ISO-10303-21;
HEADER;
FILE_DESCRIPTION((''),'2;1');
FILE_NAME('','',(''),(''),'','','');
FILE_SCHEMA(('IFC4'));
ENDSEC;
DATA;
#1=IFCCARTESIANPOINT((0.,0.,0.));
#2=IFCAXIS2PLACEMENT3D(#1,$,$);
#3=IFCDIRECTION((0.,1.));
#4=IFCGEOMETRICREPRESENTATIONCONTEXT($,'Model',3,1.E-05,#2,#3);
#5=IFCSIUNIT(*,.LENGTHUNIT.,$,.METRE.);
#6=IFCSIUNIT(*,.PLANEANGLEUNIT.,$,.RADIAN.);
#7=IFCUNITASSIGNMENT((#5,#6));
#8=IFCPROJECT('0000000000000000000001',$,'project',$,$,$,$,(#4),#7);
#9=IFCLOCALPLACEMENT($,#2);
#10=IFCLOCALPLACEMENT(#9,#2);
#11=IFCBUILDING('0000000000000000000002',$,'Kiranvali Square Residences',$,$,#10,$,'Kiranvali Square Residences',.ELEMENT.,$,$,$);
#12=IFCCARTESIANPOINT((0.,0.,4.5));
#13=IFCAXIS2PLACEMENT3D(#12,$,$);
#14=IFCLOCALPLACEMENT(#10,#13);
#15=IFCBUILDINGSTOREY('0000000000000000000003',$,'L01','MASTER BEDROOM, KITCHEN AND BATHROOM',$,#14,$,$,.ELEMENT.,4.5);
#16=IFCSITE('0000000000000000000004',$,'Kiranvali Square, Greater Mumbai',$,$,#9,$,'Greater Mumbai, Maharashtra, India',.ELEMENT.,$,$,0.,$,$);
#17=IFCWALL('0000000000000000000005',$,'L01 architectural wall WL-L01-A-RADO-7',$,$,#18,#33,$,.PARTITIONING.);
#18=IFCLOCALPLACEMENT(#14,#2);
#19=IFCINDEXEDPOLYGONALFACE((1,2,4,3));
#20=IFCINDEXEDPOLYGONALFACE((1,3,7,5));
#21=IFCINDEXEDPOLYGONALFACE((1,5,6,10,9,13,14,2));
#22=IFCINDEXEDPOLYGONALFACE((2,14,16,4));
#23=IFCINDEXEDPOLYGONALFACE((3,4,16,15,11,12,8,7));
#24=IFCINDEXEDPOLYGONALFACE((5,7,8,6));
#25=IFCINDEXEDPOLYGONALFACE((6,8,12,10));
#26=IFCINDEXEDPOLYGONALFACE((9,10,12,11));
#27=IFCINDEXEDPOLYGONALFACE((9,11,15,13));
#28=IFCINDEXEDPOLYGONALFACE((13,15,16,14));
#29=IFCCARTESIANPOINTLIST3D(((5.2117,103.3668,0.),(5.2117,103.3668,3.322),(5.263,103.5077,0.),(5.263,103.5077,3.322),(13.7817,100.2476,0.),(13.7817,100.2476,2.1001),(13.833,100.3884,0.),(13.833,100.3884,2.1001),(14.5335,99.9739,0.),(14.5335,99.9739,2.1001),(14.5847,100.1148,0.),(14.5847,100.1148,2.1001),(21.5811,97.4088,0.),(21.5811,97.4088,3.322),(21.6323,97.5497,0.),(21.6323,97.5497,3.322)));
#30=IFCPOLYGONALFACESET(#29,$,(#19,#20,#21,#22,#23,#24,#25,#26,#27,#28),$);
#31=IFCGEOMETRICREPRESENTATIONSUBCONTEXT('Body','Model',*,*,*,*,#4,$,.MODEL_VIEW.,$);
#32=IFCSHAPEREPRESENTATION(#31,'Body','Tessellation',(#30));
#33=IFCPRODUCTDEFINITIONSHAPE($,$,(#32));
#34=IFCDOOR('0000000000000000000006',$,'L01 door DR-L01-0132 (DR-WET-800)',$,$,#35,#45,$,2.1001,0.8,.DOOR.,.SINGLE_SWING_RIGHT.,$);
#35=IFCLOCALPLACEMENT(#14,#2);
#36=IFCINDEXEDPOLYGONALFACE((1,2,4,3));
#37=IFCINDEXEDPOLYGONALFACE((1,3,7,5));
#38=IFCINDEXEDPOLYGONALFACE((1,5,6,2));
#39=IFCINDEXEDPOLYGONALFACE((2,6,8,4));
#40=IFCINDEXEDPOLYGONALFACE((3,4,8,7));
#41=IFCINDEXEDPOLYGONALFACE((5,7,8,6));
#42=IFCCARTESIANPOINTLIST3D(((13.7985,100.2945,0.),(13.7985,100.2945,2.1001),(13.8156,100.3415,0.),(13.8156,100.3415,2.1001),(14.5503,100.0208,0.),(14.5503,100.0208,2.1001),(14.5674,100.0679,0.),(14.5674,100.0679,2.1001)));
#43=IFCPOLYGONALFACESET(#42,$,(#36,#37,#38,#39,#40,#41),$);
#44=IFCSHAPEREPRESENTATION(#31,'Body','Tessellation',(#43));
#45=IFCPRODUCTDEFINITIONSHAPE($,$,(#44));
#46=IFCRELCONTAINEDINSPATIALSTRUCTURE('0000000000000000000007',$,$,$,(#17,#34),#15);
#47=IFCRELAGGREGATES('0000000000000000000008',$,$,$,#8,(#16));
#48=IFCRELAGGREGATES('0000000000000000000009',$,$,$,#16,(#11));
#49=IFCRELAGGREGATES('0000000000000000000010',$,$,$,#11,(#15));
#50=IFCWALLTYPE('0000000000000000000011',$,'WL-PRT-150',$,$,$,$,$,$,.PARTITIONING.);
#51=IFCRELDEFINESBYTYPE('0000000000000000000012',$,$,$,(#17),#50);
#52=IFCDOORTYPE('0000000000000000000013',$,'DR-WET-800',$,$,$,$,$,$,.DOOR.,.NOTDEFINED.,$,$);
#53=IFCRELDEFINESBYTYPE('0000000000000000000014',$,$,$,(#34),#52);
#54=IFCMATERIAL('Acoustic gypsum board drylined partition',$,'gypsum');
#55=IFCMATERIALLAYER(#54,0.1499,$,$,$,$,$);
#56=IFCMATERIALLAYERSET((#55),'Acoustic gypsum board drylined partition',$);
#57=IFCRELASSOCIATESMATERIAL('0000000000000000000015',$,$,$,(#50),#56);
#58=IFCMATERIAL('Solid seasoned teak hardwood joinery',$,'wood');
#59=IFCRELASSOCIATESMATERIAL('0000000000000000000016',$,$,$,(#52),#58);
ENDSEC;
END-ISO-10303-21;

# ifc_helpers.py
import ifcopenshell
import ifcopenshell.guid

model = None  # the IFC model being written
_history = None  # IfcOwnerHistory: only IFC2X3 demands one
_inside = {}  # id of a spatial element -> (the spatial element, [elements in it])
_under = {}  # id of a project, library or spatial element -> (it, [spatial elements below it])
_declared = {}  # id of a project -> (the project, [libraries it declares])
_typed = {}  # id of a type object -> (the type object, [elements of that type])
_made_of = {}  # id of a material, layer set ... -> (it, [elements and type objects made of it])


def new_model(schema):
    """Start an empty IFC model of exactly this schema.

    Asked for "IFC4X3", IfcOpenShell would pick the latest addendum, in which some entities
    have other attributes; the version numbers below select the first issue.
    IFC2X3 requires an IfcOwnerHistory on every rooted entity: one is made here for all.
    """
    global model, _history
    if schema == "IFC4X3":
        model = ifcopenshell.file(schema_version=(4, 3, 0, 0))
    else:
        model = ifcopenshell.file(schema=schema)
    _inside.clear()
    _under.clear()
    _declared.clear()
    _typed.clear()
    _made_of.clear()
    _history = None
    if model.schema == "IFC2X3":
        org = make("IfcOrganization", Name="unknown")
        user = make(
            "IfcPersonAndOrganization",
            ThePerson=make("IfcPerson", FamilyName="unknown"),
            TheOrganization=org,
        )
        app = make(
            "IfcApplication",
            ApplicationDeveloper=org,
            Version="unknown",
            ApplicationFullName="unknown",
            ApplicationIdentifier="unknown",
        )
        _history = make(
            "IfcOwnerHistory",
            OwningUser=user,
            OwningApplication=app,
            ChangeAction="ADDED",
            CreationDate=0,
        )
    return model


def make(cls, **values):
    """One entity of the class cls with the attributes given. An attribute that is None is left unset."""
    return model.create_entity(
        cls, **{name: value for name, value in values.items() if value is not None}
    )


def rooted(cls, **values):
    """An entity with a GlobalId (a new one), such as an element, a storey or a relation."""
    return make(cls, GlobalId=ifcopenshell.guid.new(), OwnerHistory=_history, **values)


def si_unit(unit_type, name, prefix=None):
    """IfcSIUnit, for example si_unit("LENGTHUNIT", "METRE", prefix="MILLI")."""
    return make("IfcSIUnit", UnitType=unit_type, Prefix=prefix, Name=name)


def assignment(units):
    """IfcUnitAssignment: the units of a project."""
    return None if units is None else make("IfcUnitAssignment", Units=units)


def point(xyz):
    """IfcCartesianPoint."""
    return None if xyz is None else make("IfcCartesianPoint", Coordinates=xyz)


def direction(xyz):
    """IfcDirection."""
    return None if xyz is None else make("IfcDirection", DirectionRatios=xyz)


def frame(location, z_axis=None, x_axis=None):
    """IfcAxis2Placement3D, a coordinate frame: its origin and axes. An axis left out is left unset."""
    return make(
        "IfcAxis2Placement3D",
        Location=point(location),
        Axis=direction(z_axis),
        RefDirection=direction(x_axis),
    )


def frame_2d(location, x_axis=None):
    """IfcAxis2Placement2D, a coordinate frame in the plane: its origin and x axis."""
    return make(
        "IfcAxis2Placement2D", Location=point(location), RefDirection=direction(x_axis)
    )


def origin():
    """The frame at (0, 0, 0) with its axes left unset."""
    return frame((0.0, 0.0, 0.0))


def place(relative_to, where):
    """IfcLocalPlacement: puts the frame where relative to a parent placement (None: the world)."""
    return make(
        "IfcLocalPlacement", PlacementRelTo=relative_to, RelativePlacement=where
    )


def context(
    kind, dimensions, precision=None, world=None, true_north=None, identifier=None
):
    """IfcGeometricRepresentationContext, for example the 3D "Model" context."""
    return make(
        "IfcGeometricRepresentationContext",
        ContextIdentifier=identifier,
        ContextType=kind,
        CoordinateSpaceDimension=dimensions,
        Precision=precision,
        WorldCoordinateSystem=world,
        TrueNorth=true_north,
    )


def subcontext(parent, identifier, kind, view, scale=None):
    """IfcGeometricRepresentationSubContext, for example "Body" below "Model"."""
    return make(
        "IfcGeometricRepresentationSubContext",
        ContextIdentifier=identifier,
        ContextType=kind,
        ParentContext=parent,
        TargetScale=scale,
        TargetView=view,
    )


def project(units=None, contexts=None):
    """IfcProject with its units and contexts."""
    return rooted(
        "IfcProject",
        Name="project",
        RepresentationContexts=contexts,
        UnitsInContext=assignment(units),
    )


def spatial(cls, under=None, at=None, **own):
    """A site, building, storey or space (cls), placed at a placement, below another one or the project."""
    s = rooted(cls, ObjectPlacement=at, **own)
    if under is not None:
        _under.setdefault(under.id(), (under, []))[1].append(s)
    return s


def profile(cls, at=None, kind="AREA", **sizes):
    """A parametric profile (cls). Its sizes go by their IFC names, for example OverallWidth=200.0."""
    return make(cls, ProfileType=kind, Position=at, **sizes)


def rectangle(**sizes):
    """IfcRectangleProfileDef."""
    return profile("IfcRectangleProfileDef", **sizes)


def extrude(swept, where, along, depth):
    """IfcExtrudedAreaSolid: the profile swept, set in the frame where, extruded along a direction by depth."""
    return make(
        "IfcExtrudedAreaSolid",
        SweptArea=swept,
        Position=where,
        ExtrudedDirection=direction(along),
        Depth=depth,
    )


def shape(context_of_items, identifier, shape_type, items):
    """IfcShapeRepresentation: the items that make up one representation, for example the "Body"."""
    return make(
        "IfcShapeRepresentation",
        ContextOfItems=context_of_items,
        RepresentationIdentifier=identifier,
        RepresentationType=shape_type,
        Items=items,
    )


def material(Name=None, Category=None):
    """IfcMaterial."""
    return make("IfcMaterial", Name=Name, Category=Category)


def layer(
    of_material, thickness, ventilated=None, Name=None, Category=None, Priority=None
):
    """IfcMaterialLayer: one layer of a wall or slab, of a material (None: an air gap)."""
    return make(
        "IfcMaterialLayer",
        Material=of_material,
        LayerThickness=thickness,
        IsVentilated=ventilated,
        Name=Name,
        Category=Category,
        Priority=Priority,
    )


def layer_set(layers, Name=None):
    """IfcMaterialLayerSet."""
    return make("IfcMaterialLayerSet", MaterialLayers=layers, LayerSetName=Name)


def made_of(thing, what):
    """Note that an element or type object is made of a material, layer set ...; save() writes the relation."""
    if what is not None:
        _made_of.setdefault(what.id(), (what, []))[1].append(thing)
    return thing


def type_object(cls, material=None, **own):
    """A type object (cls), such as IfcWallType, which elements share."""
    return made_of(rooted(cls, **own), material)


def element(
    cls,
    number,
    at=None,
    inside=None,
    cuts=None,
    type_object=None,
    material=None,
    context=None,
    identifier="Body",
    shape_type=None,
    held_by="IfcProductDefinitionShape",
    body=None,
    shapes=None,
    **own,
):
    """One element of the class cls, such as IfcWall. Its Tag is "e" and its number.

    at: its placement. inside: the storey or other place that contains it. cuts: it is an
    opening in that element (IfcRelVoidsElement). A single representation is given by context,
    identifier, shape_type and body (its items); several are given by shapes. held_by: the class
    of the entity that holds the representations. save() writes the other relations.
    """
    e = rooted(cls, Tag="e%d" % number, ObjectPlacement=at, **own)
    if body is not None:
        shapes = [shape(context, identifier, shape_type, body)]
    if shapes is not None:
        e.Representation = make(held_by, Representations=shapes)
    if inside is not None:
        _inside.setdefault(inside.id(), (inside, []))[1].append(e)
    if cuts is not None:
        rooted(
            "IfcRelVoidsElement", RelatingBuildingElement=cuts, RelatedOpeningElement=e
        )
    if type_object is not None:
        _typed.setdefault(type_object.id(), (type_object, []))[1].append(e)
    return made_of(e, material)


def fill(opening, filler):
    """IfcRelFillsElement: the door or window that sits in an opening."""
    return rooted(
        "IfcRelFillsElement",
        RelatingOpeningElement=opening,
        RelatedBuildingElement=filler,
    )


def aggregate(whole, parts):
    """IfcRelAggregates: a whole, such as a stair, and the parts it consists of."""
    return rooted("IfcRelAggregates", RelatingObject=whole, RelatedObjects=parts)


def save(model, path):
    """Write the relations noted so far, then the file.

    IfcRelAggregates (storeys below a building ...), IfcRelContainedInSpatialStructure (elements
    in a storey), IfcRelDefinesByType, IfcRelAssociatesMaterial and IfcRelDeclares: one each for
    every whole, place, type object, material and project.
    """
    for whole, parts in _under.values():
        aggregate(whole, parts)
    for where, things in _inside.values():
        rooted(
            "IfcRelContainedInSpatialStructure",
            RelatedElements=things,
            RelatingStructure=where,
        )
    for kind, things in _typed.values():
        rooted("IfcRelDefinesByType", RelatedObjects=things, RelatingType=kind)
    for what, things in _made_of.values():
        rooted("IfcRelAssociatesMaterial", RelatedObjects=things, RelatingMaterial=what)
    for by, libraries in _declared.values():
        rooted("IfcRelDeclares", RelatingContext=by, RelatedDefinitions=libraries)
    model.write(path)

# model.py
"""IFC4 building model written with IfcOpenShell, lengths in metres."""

from ifc_helpers import new_model, si_unit, direction, frame, frame_2d, origin, place, context, subcontext, project, spatial, rectangle, extrude, material, layer, layer_set, type_object, element, fill, save


model = new_model("IFC4")

# Units and contexts
model_context = context("Model", 3, precision=1e-05, world=origin(), true_north=direction((0.0, 1.0)))
body_context = subcontext(model_context, "Body", "Model", "MODEL_VIEW")
ifc_project = project(units=[si_unit("LENGTHUNIT", "METRE"), si_unit("PLANEANGLEUNIT", "RADIAN")], contexts=[model_context])

# Site, building, storey
site_placement = place(None, origin())
site = spatial("IfcSite", under=ifc_project, at=site_placement, Name="Kiranvali Square, Greater Mumbai", LongName="Greater Mumbai, Maharashtra, India", CompositionType="ELEMENT", RefElevation=0.0)
building_placement = place(site_placement, origin())
building = spatial("IfcBuilding", under=site, at=building_placement, Name="Kiranvali Square Residences", LongName="Kiranvali Square Residences", CompositionType="ELEMENT")
storey_placement = place(building_placement, frame((0.0, 0.0, 4.5)))
storey = spatial("IfcBuildingStorey", under=building, at=storey_placement, Name="L01", Description="MASTER BEDROOM, KITCHEN AND BATHROOM", CompositionType="ELEMENT", Elevation=4.5)

# Wall, opening, door
ifc_material_1 = material(Name="Acoustic gypsum board drylined partition", Category="gypsum")
ifc_layer_1 = layer(ifc_material_1, 0.1499)
ifc_layer_set_1 = layer_set([ifc_layer_1], Name="Acoustic gypsum board drylined partition")
wall_type_1 = type_object("IfcWallType", Name="WL-PRT-150", PredefinedType="PARTITIONING", material=ifc_layer_set_1)
wall_1_placement = place(storey_placement, frame((21.6067, 97.4792, 0.0), z_axis=(0.0, 0.0, 1.0), x_axis=(-0.939692, 0.342022, 0.0)))
wall_1 = element("IfcWall", 1, at=wall_1_placement, inside=storey, type_object=wall_type_1, Name="L01 architectural wall WL-L01-A-RADO-7", PredefinedType="PARTITIONING", context=body_context, shape_type="SweptSolid", body=[
    extrude(rectangle(XDim=17.4199, YDim=0.1499, at=frame_2d((8.71, 0.0))), origin(), (0.0, 0.0, 1.0), 3.322),
])
opening_1_placement = place(wall_1_placement, frame((7.5, 0.0, 0.0)))
opening_1 = element("IfcOpeningElement", 2, at=opening_1_placement, cuts=wall_1, PredefinedType="OPENING", context=body_context, shape_type="SweptSolid", body=[
    extrude(rectangle(XDim=0.8, YDim=2.1001, at=frame_2d((0.3999, 1.05))), frame((0.0, 0.085, 0.0), z_axis=(0.0, -1.0, 0.0), x_axis=(1.0, 0.0, 0.0)), (0.0, 0.0, 1.0), 0.1699),
])
ifc_material_2 = material(Name="Solid seasoned teak hardwood joinery", Category="wood")
door_type_1 = type_object("IfcDoorType", Name="DR-WET-800", OperationType="NOTDEFINED", PredefinedType="DOOR", material=ifc_material_2)
door_1_placement = place(opening_1_placement, frame((0.8, 0.0, 0.0), z_axis=(0.0, 0.0, 1.0), x_axis=(-1.0, 0.0, 0.0)))
door_1 = element("IfcDoor", 3, at=door_1_placement, inside=storey, type_object=door_type_1, Name="L01 door DR-L01-0132 (DR-WET-800)", OperationType="SINGLE_SWING_RIGHT", OverallHeight=2.1001, OverallWidth=0.8, PredefinedType="DOOR", context=body_context, shape_type="SweptSolid", body=[
    extrude(rectangle(XDim=0.8, YDim=2.1001, at=frame_2d((0.3999, 1.05))), frame((0.0, 0.0249, 0.0), z_axis=(0.0, -1.0, 0.0), x_axis=(1.0, 0.0, 0.0)), (0.0, 0.0, 1.0), 0.05),
])
fill(opening_1, door_1)

save(model, "model.ifc")
